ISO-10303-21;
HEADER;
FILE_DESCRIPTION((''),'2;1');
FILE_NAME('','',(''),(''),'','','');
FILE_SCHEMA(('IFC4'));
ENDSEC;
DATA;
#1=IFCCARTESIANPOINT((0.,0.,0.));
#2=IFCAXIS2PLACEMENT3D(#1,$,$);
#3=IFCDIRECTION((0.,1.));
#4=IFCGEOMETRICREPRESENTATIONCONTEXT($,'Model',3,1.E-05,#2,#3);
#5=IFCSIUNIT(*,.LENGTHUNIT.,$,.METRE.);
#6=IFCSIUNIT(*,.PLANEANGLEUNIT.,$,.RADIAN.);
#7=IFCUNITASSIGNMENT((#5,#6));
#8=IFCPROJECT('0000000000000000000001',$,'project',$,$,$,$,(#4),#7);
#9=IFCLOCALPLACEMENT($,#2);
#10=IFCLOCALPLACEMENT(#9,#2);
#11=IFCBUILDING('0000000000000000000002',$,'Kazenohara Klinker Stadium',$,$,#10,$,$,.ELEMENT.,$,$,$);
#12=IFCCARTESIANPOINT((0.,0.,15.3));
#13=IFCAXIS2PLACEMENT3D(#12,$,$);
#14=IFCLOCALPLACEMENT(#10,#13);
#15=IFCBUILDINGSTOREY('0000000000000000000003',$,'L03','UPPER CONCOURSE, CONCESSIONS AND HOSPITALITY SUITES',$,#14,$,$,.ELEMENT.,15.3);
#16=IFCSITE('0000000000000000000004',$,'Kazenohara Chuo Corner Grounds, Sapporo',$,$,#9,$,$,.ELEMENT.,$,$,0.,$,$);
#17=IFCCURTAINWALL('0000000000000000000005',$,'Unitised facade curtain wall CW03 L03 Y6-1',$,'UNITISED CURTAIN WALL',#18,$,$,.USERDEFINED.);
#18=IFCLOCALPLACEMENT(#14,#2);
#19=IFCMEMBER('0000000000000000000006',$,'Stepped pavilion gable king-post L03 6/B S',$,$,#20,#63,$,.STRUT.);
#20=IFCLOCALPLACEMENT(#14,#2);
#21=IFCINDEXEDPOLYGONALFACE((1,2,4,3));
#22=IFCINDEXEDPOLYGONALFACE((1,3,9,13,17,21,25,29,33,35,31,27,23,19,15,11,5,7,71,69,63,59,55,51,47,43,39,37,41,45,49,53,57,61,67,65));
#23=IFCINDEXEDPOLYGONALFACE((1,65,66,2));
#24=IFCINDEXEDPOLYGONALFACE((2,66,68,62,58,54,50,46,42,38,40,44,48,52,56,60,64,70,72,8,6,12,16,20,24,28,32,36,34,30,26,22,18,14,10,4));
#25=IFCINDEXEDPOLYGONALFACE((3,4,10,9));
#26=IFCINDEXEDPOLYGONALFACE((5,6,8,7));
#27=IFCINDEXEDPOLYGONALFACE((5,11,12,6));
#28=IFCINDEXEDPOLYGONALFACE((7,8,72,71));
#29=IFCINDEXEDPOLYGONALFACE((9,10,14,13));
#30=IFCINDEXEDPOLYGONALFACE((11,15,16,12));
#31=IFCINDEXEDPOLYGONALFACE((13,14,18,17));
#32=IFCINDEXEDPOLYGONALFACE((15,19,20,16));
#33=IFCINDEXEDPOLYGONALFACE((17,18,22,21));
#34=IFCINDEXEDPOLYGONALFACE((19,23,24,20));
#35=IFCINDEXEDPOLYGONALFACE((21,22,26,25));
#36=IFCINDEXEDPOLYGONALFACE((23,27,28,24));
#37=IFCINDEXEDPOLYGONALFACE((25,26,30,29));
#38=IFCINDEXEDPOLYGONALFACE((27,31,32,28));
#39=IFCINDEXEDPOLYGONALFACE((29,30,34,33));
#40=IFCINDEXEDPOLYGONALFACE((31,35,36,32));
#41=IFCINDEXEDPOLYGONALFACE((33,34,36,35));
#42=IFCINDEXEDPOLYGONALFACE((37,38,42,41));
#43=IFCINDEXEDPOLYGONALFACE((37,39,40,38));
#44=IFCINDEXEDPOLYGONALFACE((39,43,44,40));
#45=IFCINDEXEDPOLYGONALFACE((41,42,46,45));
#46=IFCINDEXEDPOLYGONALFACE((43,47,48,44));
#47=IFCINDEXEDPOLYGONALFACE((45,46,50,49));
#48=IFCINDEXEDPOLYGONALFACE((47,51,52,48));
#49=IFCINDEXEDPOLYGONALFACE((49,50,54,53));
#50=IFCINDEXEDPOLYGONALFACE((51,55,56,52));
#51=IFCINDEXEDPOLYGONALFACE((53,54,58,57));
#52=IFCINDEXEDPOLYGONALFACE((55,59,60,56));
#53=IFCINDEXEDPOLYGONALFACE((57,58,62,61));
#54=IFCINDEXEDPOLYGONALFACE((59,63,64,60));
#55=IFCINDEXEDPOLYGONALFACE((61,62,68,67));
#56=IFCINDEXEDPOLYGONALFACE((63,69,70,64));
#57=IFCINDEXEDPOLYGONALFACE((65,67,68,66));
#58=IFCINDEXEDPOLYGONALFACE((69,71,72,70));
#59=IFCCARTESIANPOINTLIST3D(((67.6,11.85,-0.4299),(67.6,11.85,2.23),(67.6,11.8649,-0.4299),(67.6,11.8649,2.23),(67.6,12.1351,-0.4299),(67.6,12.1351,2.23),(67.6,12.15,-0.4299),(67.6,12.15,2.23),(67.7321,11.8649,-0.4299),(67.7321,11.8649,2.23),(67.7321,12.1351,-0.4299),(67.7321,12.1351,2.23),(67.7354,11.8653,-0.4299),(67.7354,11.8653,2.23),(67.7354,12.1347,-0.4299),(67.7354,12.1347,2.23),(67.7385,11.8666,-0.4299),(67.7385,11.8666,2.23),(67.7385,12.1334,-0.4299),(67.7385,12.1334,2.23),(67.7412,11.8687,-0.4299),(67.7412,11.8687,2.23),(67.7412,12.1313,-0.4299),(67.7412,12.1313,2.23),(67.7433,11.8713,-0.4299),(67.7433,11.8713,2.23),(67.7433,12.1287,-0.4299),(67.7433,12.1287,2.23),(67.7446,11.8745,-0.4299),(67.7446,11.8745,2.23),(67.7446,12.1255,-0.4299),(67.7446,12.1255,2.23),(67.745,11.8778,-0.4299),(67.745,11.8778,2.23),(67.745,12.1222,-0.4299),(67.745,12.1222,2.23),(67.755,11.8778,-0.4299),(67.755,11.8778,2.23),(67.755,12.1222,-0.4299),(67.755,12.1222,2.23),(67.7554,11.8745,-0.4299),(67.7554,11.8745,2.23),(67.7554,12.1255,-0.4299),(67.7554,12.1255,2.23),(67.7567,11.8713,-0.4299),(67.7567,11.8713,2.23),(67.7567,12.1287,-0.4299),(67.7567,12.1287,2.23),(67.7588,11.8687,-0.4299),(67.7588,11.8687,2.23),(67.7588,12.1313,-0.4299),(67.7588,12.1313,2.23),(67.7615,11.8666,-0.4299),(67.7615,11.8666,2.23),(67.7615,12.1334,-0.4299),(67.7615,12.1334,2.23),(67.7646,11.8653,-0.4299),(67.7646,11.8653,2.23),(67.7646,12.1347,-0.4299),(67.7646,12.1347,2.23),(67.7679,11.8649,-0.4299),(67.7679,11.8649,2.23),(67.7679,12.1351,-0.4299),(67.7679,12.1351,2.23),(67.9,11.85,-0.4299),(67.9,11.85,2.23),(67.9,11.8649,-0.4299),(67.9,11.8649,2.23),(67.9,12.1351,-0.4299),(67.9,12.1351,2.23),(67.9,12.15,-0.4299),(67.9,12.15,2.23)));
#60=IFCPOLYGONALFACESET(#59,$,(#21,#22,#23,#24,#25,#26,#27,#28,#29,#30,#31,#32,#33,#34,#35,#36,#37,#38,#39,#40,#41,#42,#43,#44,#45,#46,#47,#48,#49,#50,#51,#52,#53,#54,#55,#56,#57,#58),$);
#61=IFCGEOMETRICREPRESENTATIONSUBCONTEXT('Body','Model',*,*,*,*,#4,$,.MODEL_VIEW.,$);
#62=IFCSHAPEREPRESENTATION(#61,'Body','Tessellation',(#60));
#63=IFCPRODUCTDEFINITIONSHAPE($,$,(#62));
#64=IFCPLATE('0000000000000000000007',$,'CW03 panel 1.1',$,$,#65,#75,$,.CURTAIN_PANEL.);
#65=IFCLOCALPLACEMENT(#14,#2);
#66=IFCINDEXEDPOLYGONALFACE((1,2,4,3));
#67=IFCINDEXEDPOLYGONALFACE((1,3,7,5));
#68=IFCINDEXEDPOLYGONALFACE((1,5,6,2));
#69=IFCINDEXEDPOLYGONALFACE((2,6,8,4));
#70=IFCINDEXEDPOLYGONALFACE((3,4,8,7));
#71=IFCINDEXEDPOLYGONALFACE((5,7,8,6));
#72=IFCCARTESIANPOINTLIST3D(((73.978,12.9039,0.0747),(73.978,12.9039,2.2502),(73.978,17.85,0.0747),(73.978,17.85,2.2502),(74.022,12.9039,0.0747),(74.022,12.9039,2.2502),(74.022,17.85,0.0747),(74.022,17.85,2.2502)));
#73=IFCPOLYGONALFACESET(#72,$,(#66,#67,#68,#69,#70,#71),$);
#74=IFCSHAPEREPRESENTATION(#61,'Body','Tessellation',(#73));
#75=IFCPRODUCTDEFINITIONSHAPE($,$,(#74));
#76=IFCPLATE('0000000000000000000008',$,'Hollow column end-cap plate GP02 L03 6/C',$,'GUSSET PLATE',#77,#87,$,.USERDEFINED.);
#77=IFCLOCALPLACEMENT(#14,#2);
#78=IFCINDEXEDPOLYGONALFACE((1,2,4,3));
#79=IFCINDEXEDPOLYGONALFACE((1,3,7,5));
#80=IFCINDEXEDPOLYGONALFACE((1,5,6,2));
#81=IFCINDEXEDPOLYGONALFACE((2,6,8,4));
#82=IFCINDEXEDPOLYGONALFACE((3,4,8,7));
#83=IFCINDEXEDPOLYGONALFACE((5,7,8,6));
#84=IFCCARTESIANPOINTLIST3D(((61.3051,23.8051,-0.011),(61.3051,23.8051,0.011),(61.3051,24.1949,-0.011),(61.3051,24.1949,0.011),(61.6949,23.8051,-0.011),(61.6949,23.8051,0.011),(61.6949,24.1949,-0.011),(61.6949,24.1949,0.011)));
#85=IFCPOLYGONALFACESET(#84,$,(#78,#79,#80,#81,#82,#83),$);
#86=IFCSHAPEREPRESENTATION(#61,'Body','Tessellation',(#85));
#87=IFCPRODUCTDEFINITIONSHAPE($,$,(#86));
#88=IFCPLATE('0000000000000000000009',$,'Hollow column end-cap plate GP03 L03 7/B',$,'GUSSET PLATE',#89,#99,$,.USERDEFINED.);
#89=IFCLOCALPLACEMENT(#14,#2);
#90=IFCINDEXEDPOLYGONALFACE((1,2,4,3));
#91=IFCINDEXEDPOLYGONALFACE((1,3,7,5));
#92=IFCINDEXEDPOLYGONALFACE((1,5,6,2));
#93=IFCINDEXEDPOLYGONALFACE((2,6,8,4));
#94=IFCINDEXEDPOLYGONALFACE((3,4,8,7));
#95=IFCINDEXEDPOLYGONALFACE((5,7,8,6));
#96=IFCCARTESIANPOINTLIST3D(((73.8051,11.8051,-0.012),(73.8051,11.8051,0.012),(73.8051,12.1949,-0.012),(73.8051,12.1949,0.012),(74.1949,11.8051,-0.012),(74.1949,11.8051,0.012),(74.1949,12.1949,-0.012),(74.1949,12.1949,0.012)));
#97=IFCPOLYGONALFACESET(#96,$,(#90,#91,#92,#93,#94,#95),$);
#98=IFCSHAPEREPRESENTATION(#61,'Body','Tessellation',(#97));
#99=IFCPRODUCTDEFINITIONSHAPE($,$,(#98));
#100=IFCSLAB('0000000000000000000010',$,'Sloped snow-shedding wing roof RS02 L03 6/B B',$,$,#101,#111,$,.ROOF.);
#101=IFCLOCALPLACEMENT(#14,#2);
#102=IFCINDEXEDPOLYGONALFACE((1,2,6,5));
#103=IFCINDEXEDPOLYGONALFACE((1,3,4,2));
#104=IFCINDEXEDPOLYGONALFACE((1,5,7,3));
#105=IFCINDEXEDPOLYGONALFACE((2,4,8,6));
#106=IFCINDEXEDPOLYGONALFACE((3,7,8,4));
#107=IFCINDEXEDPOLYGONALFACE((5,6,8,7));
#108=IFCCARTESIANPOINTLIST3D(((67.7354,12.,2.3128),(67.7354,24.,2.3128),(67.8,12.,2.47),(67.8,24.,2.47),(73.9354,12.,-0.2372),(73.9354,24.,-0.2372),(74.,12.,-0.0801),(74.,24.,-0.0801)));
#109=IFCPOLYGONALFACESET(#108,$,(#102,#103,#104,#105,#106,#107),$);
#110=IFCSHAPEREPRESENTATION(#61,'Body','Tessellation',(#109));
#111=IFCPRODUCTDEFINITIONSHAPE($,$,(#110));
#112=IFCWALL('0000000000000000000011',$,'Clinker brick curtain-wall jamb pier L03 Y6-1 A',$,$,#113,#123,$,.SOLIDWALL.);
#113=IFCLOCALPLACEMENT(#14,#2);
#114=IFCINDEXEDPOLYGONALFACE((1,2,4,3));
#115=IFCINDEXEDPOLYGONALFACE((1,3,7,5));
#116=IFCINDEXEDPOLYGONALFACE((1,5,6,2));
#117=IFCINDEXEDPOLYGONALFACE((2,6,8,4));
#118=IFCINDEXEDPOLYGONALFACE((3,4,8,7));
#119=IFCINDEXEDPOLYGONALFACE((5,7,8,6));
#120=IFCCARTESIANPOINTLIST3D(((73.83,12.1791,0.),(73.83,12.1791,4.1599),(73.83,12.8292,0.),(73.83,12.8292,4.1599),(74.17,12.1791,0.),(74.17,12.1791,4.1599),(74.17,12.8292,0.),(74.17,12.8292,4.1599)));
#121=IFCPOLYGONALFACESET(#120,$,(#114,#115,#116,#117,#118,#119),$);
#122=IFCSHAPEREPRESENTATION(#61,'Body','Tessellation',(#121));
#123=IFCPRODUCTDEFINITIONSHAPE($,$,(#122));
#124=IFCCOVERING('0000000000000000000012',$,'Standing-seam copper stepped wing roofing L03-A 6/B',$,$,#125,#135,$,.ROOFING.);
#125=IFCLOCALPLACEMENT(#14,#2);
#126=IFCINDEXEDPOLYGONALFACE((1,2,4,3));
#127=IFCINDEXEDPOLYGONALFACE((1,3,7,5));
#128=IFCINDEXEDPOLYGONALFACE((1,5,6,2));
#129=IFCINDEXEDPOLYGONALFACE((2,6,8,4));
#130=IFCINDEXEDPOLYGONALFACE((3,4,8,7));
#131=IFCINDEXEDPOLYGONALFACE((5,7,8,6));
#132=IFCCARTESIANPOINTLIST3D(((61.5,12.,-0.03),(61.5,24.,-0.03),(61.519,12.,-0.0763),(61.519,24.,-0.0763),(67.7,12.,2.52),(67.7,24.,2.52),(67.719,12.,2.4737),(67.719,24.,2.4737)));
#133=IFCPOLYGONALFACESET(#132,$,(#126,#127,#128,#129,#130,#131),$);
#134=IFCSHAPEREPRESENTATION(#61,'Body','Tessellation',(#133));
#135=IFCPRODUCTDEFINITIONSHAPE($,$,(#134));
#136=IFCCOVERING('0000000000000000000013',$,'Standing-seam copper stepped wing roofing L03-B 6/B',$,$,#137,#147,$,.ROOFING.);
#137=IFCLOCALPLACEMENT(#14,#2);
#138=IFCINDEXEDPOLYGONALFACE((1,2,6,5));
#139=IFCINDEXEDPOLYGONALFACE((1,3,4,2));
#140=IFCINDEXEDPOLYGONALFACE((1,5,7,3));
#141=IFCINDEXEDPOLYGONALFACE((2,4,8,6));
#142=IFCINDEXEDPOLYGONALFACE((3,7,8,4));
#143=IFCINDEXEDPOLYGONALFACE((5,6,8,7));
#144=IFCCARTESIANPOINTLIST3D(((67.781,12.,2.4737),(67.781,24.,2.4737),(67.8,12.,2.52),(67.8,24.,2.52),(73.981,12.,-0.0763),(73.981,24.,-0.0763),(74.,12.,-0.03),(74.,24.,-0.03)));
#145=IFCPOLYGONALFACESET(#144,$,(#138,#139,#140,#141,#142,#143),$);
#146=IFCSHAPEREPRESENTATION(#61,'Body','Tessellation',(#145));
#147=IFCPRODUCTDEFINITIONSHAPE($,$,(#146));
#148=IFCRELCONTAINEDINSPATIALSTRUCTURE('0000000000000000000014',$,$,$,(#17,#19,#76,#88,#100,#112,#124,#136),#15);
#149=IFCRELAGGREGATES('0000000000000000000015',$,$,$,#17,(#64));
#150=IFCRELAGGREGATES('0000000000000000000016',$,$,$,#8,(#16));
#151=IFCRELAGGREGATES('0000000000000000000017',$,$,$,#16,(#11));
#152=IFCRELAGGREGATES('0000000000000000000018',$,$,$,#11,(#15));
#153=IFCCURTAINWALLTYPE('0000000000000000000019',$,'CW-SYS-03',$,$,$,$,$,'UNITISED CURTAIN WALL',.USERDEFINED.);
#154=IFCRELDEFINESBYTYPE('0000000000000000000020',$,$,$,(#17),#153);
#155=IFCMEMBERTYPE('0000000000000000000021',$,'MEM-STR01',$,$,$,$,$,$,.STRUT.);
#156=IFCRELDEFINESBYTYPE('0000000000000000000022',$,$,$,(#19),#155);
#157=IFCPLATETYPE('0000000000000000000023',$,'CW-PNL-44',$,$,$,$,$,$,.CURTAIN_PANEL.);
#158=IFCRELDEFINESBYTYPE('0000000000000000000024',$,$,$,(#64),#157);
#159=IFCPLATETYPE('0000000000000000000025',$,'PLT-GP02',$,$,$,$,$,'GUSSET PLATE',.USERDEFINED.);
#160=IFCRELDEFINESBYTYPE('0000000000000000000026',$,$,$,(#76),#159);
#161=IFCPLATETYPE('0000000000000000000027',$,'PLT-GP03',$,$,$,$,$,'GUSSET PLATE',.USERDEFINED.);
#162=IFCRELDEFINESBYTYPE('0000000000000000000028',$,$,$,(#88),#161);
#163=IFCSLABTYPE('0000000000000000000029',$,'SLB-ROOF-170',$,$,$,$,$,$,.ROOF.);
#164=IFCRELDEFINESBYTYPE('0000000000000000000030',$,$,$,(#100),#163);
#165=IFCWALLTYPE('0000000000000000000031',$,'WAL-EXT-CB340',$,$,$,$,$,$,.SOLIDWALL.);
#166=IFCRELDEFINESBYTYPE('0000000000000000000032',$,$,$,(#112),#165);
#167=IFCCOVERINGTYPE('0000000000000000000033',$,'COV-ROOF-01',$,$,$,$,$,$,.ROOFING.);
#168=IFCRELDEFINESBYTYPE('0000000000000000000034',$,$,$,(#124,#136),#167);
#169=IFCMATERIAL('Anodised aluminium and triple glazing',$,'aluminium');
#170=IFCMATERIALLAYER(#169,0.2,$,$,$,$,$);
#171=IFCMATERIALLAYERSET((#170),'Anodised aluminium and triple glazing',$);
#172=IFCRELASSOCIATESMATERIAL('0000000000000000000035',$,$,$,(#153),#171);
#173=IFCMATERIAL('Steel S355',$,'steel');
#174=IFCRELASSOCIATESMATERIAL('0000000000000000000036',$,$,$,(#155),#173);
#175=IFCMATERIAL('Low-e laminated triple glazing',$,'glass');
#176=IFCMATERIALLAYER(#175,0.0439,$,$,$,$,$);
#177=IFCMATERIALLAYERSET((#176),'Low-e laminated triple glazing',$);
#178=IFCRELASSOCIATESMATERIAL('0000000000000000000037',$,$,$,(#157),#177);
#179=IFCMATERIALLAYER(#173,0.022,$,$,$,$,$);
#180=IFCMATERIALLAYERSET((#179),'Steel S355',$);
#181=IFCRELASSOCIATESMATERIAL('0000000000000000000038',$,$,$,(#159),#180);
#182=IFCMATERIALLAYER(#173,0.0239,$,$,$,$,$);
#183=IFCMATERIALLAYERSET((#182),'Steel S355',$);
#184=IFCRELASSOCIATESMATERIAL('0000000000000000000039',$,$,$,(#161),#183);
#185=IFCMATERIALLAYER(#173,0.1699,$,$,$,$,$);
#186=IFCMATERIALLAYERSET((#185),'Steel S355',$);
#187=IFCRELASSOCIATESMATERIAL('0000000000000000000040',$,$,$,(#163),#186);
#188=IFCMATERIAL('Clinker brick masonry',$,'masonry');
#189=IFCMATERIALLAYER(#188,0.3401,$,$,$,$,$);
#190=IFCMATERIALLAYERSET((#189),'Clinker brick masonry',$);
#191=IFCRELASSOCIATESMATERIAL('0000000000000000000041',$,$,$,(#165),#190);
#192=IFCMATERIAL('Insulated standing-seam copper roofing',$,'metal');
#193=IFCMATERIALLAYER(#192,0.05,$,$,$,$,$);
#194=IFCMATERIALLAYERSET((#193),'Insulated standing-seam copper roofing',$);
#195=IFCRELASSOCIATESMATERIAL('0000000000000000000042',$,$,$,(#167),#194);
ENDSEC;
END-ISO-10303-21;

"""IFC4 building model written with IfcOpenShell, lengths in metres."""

from ifc_helpers import new_model, si_unit, direction, frame, frame_2d, origin, origin_2d, place, context, subcontext, project, spatial, polyline, rectangle, i_section, outline, extrude, material, layer, layer_set, material_profile, profile_set, type_object, element, aggregate, save


model = new_model("IFC4")

# Units and contexts
model_context = context("Model", 3, precision=1e-05, world=origin(), true_north=direction((0.0, 1.0)))
body_context = subcontext(model_context, "Body", "Model", "MODEL_VIEW")
ifc_project = project(units=[si_unit("LENGTHUNIT", "METRE"), si_unit("PLANEANGLEUNIT", "RADIAN")], contexts=[model_context])

# Site, building, storey
site_placement = place(None, origin())
site = spatial("IfcSite", under=ifc_project, at=site_placement, Name="Kazenohara Chuo Corner Grounds, Sapporo", CompositionType="ELEMENT", RefElevation=0.0)
building_placement = place(site_placement, origin())
building = spatial("IfcBuilding", under=site, at=building_placement, Name="Kazenohara Klinker Stadium", CompositionType="ELEMENT")
storey_placement = place(building_placement, frame((0.0, 0.0, 15.3)))
storey = spatial("IfcBuildingStorey", under=building, at=storey_placement, Name="L03", Description="UPPER CONCOURSE, CONCESSIONS AND HOSPITALITY SUITES", CompositionType="ELEMENT", Elevation=15.3)

# Shared definitions
ifc_material_1 = material(Name="Steel S355", Category="steel")

# Curtain wall
ifc_material_2 = material(Name="Anodised aluminium and triple glazing", Category="aluminium")
ifc_layer_1 = layer(ifc_material_2, 0.2)
ifc_layer_set_1 = layer_set([ifc_layer_1], Name="Anodised aluminium and triple glazing")
curtain_wall_type = type_object("IfcCurtainWallType", Name="CW-SYS-03", ElementType="UNITISED CURTAIN WALL", PredefinedType="USERDEFINED", material=ifc_layer_set_1)
curtain_wall_placement = place(storey_placement, origin())
curtain_wall = element("IfcCurtainWall", 1, at=curtain_wall_placement, inside=storey, type_object=curtain_wall_type, Name="Unitised facade curtain wall CW03 L03 Y6-1", ObjectType="UNITISED CURTAIN WALL", PredefinedType="USERDEFINED")

# Member
ifc_material_profile_1 = material_profile(ifc_material_1, i_section(OverallWidth=0.3, OverallDepth=0.3, WebThickness=0.01, FlangeThickness=0.0149, FilletRadius=0.0129, at=origin_2d()), Name="H-300x300x10x15")
ifc_profile_set_1 = profile_set([ifc_material_profile_1], Name="Steel S355")
member_type_1 = type_object("IfcMemberType", Name="MEM-STR01", PredefinedType="STRUT", material=ifc_profile_set_1)
member_1_placement = place(storey_placement, frame((67.75, 12.0, -0.4299), z_axis=(0.0, 0.0, 1.0), x_axis=(1.0, 0.0, 0.0)))
element("IfcMember", 2, at=member_1_placement, inside=storey, type_object=member_type_1, Name="Stepped pavilion gable king-post L03 6/B S", PredefinedType="STRUT", context=body_context, shape_type="SweptSolid", body=[
    extrude(i_section(OverallWidth=0.3, OverallDepth=0.3, WebThickness=0.01, FlangeThickness=0.0149, FilletRadius=0.0129, at=origin_2d()), origin(), (0.0, 0.0, 1.0), 2.6599),
])

# Plate
ifc_material_3 = material(Name="Low-e laminated triple glazing", Category="glass")
ifc_layer_2 = layer(ifc_material_3, 0.0439)
ifc_layer_set_2 = layer_set([ifc_layer_2], Name="Low-e laminated triple glazing")
plate_type_1 = type_object("IfcPlateType", Name="CW-PNL-44", PredefinedType="CURTAIN_PANEL", material=ifc_layer_set_2)
plate_1_placement = place(storey_placement, frame((74.0, 15.377, 0.0747), z_axis=(0.0, 0.0, 1.0), x_axis=(0.0, 1.0, 0.0)))
plate_1 = element("IfcPlate", 3, at=plate_1_placement, type_object=plate_type_1, Name="CW03 panel 1.1", PredefinedType="CURTAIN_PANEL", context=body_context, shape_type="SweptSolid", body=[
    extrude(rectangle(XDim=4.946, YDim=0.0439, at=origin_2d()), origin(), (0.0, 0.0, 1.0), 2.1755),
])
aggregate(curtain_wall, [plate_1])

# Plates
ifc_layer_3 = layer(ifc_material_1, 0.022)
ifc_layer_set_3 = layer_set([ifc_layer_3], Name="Steel S355")
plate_type_2 = type_object("IfcPlateType", Name="PLT-GP02", ElementType="GUSSET PLATE", PredefinedType="USERDEFINED", material=ifc_layer_set_3)
plate_2_placement = place(storey_placement, frame((61.5, 24.0, -0.011), z_axis=(0.0, 0.0, 1.0), x_axis=(1.0, 0.0, 0.0)))
element("IfcPlate", 4, at=plate_2_placement, inside=storey, type_object=plate_type_2, Name="Hollow column end-cap plate GP02 L03 6/C", ObjectType="GUSSET PLATE", PredefinedType="USERDEFINED", context=body_context, shape_type="SweptSolid", body=[
    extrude(rectangle(XDim=0.3899, YDim=0.3899, at=origin_2d()), origin(), (0.0, 0.0, 1.0), 0.022),
])
ifc_layer_4 = layer(ifc_material_1, 0.0239)
ifc_layer_set_4 = layer_set([ifc_layer_4], Name="Steel S355")
plate_type_3 = type_object("IfcPlateType", Name="PLT-GP03", ElementType="GUSSET PLATE", PredefinedType="USERDEFINED", material=ifc_layer_set_4)
plate_3_placement = place(storey_placement, frame((74.0, 12.0, -0.012), z_axis=(0.0, 0.0, 1.0), x_axis=(1.0, 0.0, 0.0)))
element("IfcPlate", 5, at=plate_3_placement, inside=storey, type_object=plate_type_3, Name="Hollow column end-cap plate GP03 L03 7/B", ObjectType="GUSSET PLATE", PredefinedType="USERDEFINED", context=body_context, shape_type="SweptSolid", body=[
    extrude(rectangle(XDim=0.3899, YDim=0.3899, at=origin_2d()), origin(), (0.0, 0.0, 1.0), 0.0239),
])

# Slab
ifc_layer_5 = layer(ifc_material_1, 0.1699)
ifc_layer_set_5 = layer_set([ifc_layer_5], Name="Steel S355")
slab_type = type_object("IfcSlabType", Name="SLB-ROOF-170", PredefinedType="ROOF", material=ifc_layer_set_5)
slab_placement = place(storey_placement, frame((67.8, 12.0, 2.47), z_axis=(0.380383, 0.0, 0.924829), x_axis=(0.924829, 0.0, -0.380383)))
element("IfcSlab", 6, at=slab_placement, inside=storey, type_object=slab_type, Name="Sloped snow-shedding wing roof RS02 L03 6/B B", PredefinedType="ROOF", context=body_context, shape_type="SweptSolid", body=[
    extrude(outline(polyline([(0.0, 0.0), (6.7039, 0.0), (6.7039, 12.0), (0.0, 12.0), (0.0, 0.0)])), origin(), (0.0, 0.0, -1.0), 0.1699),
])

# Wall
ifc_material_4 = material(Name="Clinker brick masonry", Category="masonry")
ifc_layer_6 = layer(ifc_material_4, 0.3401)
ifc_layer_set_6 = layer_set([ifc_layer_6], Name="Clinker brick masonry")
wall_type = type_object("IfcWallType", Name="WAL-EXT-CB340", PredefinedType="SOLIDWALL", material=ifc_layer_set_6)
wall_placement = place(storey_placement, frame((74.0, 12.179, 0.0), z_axis=(0.0, 0.0, 1.0), x_axis=(0.0, 1.0, 0.0)))
element("IfcWall", 7, at=wall_placement, inside=storey, type_object=wall_type, Name="Clinker brick curtain-wall jamb pier L03 Y6-1 A", PredefinedType="SOLIDWALL", context=body_context, shape_type="SweptSolid", body=[
    extrude(rectangle(XDim=0.6501, YDim=0.3401, at=frame_2d((0.3252, 0.0))), origin(), (0.0, 0.0, 1.0), 4.1599),
])

# Coverings
ifc_material_5 = material(Name="Insulated standing-seam copper roofing", Category="metal")
ifc_layer_7 = layer(ifc_material_5, 0.05)
ifc_layer_set_7 = layer_set([ifc_layer_7], Name="Insulated standing-seam copper roofing")
covering_type = type_object("IfcCoveringType", Name="COV-ROOF-01", PredefinedType="ROOFING", material=ifc_layer_set_7)
for number, where, z_axis, x_axis, name in (
    (8, (61.5, 12.0, -0.03), (-0.380383, 0.0, 0.924829), (0.924829, 0.0, 0.380383), "Standing-seam copper stepped wing roofing L03-A 6/B"),
    (9, (67.8, 12.0, 2.52), (0.380383, 0.0, 0.924829), (0.924829, 0.0, -0.380383), "Standing-seam copper stepped wing roofing L03-B 6/B"),
):
    element("IfcCovering", number, at=place(storey_placement, frame(where, z_axis=z_axis, x_axis=x_axis)), inside=storey, type_object=covering_type, Name=name, PredefinedType="ROOFING", context=body_context, shape_type="SweptSolid", body=[
        extrude(outline(polyline([(0.0, 0.0), (6.7039, 0.0), (6.7039, 12.0), (0.0, 12.0), (0.0, 0.0)])), origin(), (0.0, 0.0, -1.0), 0.05),
    ])

save(model, "model.ifc")
